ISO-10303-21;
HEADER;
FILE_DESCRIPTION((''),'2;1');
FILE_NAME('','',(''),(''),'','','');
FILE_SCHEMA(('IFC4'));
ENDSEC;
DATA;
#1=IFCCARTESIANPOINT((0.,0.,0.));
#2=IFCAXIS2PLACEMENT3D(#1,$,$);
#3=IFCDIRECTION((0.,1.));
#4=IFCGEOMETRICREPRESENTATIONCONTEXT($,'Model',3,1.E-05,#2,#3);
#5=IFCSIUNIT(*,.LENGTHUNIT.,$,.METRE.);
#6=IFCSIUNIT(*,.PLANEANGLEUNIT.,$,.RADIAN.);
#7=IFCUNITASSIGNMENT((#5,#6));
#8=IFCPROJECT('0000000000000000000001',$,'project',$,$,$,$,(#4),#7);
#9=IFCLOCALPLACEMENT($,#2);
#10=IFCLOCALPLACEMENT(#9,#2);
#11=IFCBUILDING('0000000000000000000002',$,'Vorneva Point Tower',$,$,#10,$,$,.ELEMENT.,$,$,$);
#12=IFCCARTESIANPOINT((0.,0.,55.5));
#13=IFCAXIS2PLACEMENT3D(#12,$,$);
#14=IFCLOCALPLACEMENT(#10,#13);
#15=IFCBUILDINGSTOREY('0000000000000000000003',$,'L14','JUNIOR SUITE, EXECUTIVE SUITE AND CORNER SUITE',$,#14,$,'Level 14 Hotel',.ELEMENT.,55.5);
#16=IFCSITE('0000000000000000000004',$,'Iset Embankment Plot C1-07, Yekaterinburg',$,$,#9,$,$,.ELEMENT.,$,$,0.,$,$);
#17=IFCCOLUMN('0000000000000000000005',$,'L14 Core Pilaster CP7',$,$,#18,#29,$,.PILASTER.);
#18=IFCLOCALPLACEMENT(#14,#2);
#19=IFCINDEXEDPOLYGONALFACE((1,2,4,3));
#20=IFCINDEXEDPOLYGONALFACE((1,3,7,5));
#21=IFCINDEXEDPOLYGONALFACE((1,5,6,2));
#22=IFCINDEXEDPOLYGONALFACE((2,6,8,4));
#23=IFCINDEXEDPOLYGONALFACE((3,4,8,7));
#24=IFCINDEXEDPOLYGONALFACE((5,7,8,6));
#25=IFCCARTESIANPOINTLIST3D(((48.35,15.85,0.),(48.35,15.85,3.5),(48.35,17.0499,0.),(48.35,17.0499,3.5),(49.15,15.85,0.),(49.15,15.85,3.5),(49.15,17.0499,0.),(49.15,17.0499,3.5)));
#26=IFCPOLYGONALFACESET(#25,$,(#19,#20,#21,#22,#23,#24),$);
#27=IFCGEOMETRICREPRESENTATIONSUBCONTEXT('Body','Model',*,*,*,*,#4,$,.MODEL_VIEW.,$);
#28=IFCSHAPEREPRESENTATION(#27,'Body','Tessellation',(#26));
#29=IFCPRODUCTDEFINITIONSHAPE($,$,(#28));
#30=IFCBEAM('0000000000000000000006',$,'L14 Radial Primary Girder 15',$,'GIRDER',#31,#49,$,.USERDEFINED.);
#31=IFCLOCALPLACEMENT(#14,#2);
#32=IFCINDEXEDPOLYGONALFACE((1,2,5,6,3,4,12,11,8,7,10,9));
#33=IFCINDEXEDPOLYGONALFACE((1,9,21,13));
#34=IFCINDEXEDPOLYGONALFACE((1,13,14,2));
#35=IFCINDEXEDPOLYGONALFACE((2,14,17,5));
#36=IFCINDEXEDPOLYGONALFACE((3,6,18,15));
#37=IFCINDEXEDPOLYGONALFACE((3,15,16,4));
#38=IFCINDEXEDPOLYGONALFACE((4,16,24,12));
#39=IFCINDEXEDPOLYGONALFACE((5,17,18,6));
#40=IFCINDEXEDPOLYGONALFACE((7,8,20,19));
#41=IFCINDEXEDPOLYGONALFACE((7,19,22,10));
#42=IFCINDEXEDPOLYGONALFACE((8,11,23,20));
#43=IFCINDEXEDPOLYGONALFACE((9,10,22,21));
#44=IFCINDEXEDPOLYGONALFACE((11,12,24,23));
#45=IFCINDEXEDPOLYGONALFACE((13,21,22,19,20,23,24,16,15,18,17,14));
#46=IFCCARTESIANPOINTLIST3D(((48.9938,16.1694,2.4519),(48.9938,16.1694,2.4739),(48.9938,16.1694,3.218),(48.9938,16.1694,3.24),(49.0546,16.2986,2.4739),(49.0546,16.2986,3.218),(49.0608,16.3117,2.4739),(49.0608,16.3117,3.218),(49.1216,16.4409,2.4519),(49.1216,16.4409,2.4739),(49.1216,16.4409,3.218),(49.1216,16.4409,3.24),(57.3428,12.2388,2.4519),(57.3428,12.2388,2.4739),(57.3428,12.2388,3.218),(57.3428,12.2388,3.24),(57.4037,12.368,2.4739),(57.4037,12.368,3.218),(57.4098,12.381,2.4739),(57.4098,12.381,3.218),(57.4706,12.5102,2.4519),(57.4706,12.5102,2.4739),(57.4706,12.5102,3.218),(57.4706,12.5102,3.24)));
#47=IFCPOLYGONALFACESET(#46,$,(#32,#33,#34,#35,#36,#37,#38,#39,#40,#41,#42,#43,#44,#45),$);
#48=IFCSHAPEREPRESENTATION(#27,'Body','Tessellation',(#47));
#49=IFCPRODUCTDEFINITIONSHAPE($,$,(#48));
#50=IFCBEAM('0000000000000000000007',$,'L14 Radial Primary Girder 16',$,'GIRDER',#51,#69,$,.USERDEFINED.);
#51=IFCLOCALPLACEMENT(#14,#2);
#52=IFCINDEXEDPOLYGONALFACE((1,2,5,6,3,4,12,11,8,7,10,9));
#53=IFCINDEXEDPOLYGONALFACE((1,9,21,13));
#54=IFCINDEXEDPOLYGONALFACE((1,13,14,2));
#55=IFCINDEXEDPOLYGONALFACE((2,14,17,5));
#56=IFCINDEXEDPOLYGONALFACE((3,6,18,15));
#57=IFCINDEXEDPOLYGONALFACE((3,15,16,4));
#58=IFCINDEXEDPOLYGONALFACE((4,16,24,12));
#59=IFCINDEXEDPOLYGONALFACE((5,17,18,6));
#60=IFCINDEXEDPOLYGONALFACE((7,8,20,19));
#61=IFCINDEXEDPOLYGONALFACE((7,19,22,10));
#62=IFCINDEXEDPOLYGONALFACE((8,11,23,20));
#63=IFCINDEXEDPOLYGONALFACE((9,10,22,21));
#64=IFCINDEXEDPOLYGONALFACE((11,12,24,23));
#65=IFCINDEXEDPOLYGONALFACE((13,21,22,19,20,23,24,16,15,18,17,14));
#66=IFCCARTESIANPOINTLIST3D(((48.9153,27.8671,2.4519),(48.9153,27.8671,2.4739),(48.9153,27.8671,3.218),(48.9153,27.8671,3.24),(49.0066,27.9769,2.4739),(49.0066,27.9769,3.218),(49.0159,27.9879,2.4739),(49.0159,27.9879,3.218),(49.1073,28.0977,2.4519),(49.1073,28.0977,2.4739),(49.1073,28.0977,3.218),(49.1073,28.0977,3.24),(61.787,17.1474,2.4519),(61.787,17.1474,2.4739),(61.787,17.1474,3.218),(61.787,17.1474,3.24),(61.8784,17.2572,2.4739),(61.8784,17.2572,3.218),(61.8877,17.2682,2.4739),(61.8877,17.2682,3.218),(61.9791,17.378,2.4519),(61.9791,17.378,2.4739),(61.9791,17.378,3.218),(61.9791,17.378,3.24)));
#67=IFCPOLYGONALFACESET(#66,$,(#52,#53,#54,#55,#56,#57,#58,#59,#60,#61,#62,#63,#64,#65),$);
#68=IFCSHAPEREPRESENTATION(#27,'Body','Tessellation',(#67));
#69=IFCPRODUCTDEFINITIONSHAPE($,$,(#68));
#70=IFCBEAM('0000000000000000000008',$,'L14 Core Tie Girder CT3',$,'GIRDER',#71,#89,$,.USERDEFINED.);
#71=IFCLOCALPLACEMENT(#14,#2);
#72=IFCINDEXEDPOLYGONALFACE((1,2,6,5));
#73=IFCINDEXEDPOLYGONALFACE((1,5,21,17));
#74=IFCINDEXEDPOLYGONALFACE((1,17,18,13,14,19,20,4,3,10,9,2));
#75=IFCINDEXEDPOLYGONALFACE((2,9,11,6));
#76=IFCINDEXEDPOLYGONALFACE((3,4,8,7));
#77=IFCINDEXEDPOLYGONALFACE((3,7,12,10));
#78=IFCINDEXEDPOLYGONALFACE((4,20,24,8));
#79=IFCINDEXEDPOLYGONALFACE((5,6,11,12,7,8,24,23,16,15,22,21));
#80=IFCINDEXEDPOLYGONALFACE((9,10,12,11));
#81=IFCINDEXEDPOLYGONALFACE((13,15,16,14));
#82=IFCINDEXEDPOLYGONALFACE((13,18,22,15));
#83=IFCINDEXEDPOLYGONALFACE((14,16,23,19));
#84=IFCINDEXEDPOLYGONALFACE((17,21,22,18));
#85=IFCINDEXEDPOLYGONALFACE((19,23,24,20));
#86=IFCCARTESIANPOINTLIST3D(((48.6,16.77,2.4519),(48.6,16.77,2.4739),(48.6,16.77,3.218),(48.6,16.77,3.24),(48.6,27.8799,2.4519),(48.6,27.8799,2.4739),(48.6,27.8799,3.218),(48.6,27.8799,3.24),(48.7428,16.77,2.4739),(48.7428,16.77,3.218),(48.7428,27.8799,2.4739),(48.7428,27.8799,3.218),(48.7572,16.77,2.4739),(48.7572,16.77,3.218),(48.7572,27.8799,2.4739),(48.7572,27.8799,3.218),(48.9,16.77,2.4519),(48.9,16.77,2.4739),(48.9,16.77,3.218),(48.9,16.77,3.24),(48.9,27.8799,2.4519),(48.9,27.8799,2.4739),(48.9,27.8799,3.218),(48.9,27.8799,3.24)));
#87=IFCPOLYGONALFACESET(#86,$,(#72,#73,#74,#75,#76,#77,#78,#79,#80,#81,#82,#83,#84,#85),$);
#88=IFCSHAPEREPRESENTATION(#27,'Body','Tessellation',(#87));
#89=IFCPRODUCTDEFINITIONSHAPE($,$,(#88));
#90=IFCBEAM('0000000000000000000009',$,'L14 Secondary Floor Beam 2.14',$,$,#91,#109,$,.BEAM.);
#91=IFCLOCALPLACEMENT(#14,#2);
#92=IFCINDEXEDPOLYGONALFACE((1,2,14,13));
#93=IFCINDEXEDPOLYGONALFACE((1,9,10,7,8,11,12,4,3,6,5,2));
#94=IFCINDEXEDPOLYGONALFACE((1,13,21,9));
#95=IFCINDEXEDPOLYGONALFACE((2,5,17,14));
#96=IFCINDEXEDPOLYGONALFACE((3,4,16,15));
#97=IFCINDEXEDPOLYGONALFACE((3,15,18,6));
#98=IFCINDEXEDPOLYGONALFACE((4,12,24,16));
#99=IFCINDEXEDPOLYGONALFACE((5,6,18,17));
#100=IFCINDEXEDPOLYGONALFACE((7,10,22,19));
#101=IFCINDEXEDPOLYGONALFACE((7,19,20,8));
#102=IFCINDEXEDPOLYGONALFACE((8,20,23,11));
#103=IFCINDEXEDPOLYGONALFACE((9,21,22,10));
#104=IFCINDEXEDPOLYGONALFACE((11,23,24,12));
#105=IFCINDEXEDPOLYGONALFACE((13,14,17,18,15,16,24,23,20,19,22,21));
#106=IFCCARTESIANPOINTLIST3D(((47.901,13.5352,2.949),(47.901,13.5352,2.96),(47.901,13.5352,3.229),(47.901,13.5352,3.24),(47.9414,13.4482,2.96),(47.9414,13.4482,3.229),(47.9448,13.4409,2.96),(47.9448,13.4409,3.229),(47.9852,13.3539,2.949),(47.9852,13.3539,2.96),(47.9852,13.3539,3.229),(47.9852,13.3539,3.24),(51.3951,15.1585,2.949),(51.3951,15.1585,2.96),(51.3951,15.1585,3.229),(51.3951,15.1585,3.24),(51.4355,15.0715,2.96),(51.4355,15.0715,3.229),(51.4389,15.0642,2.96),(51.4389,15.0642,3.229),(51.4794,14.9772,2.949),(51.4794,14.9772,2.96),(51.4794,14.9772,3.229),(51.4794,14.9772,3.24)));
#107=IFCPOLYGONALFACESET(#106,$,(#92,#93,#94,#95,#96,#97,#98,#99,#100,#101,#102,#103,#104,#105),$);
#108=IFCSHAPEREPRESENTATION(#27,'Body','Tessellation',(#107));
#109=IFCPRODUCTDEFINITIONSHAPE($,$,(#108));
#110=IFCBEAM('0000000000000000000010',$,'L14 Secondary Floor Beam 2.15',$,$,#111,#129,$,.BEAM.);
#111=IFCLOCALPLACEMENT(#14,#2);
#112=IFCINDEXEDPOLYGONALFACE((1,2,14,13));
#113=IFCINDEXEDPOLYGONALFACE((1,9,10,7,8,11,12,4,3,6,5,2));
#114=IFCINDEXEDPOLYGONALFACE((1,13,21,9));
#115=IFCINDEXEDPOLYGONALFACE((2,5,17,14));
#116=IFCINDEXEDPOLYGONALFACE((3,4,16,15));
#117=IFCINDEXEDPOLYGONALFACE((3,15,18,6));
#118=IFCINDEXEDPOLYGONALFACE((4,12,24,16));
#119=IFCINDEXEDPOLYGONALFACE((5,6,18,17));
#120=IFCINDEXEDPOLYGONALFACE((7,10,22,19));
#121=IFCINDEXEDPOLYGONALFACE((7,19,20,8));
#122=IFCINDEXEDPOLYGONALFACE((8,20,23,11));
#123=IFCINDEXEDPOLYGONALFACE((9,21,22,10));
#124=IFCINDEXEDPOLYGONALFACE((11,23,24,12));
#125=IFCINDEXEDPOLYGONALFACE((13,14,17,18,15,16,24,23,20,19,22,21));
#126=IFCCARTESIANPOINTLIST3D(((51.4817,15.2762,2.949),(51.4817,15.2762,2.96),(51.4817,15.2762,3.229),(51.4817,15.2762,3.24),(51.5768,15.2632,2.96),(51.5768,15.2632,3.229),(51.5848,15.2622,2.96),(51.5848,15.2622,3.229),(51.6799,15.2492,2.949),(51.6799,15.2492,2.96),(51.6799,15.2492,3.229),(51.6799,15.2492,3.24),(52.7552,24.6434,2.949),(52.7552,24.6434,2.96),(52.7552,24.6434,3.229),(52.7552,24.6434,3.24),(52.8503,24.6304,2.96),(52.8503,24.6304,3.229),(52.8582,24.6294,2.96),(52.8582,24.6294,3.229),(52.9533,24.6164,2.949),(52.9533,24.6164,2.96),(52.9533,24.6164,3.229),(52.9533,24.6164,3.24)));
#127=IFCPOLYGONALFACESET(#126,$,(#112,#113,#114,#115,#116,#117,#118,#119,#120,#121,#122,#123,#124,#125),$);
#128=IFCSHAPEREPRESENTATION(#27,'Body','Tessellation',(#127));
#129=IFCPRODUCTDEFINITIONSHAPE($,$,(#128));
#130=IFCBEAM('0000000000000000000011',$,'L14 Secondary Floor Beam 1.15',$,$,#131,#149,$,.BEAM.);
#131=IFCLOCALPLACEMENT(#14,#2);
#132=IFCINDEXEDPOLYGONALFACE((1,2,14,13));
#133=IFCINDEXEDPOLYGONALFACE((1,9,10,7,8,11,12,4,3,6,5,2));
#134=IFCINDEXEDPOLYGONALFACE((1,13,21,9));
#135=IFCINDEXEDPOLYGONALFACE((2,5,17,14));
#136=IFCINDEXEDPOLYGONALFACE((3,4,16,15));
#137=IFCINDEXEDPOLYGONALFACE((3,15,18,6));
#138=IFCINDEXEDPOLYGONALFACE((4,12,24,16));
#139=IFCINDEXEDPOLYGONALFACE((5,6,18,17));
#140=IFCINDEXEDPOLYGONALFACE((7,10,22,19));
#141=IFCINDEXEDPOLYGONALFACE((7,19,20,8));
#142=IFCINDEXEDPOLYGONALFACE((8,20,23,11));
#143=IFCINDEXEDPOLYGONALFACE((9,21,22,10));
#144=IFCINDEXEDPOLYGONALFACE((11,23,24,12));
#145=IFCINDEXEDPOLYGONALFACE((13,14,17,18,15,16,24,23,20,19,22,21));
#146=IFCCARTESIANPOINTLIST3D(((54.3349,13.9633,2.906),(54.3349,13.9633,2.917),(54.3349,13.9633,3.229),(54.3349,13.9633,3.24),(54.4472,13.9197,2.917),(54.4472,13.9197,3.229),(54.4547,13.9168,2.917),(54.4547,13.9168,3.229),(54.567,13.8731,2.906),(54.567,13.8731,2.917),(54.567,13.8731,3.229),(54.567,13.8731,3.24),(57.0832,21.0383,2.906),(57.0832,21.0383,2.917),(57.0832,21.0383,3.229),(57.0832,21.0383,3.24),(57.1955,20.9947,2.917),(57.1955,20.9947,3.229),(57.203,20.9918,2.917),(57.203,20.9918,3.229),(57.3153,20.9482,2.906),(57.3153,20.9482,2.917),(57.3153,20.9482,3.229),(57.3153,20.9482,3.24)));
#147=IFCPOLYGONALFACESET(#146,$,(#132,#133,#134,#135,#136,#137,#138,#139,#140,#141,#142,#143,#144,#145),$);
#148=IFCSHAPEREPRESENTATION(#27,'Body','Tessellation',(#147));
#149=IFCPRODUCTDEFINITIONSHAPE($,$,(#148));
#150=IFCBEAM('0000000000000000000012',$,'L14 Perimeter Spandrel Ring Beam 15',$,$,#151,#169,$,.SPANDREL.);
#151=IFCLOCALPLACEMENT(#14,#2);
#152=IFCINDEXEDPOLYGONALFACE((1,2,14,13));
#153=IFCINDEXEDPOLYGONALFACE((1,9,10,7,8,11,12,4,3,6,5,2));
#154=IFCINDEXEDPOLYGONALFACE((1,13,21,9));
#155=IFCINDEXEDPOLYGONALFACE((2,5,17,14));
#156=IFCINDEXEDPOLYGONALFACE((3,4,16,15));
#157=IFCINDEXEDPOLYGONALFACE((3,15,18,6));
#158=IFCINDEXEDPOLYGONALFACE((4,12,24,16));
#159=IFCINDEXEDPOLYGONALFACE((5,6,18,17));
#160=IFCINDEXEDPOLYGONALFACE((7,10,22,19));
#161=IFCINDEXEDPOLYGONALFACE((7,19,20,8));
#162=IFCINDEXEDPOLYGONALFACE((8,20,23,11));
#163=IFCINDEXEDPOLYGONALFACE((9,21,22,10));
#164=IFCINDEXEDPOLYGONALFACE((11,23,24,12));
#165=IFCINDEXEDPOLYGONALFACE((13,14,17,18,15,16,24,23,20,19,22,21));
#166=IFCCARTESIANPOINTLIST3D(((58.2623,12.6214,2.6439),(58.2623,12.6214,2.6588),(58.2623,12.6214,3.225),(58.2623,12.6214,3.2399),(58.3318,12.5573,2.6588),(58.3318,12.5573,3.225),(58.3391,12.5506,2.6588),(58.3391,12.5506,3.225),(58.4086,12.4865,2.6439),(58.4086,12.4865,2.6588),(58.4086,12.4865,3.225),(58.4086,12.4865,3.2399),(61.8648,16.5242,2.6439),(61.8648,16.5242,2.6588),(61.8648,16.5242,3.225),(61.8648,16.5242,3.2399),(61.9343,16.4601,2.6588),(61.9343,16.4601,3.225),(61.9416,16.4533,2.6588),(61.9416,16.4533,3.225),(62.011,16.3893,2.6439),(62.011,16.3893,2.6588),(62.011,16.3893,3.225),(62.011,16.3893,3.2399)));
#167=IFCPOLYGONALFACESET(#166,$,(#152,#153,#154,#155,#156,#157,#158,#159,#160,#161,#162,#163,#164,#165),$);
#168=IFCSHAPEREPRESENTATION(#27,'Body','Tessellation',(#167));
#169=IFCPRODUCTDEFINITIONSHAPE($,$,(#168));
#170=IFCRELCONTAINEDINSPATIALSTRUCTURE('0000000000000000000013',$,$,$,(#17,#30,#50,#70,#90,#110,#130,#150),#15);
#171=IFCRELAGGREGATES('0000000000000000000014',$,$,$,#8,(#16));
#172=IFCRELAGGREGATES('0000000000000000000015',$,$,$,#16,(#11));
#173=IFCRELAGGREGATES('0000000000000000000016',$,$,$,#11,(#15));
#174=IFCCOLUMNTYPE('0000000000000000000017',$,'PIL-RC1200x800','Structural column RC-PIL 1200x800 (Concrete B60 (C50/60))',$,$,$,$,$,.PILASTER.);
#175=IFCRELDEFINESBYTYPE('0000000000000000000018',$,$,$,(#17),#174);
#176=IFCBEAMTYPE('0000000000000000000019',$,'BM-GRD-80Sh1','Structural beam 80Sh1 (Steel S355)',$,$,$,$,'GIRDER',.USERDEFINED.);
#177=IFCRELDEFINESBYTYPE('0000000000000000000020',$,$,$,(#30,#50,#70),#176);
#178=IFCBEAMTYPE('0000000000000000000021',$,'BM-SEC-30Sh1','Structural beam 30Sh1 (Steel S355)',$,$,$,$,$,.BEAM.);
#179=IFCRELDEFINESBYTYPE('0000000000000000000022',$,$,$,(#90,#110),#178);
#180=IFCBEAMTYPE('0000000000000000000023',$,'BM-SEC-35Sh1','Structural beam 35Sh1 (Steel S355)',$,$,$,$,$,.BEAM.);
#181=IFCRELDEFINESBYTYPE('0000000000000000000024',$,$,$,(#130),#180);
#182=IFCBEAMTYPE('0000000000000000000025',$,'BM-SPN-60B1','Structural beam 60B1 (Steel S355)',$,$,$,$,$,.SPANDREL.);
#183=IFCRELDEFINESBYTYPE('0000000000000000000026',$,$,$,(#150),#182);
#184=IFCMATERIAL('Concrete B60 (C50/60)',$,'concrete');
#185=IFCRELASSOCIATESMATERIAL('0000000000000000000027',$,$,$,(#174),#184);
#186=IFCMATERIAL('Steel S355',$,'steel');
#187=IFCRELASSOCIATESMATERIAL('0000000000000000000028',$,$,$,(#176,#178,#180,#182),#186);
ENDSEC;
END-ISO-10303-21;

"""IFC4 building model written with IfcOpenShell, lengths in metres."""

from ifc_helpers import new_model, si_unit, direction, frame, origin, origin_2d, place, context, subcontext, project, spatial, rectangle, i_section, extrude, material, material_profile, profile_set, type_object, element, save


model = new_model("IFC4")

# Units and contexts
model_context = context("Model", 3, precision=1e-05, world=origin(), true_north=direction((0.0, 1.0)))
body_context = subcontext(model_context, "Body", "Model", "MODEL_VIEW")
ifc_project = project(units=[si_unit("LENGTHUNIT", "METRE"), si_unit("PLANEANGLEUNIT", "RADIAN")], contexts=[model_context])

# Site, building, storey
site_placement = place(None, origin())
site = spatial("IfcSite", under=ifc_project, at=site_placement, Name="Iset Embankment Plot C1-07, Yekaterinburg", CompositionType="ELEMENT", RefElevation=0.0)
building_placement = place(site_placement, origin())
building = spatial("IfcBuilding", under=site, at=building_placement, Name="Vorneva Point Tower", CompositionType="ELEMENT")
storey_placement = place(building_placement, frame((0.0, 0.0, 55.5)))
storey = spatial("IfcBuildingStorey", under=building, at=storey_placement, Name="L14", Description="JUNIOR SUITE, EXECUTIVE SUITE AND CORNER SUITE", LongName="Level 14 Hotel", CompositionType="ELEMENT", Elevation=55.5)

# Column
ifc_material_1 = material(Name="Concrete B60 (C50/60)", Category="concrete")
ifc_material_profile_1 = material_profile(ifc_material_1, rectangle(XDim=0.8, YDim=1.2, at=origin_2d()), Name="RC-PIL 1200x800")
ifc_profile_set_1 = profile_set([ifc_material_profile_1], Name="Concrete B60 (C50/60)")
column_type_1 = type_object("IfcColumnType", Name="PIL-RC1200x800", Description="Structural column RC-PIL 1200x800 (Concrete B60 (C50/60))", PredefinedType="PILASTER", material=ifc_profile_set_1)
column_placement = place(storey_placement, frame((48.75, 16.45, 0.0), z_axis=(0.0, 0.0, 1.0), x_axis=(1.0, 0.0, 0.0)))
element("IfcColumn", 1, at=column_placement, inside=storey, type_object=column_type_1, Name="L14 Core Pilaster CP7", PredefinedType="PILASTER", context=body_context, shape_type="SweptSolid", body=[
    extrude(rectangle(XDim=0.8, YDim=1.2, at=origin_2d()), origin(), (0.0, 0.0, 1.0), 3.5),
])

# Beams
ifc_material_2 = material(Name="Steel S355", Category="steel")
ifc_material_profile_2 = material_profile(ifc_material_2, i_section(OverallWidth=0.3, OverallDepth=0.7881, WebThickness=0.0144, FlangeThickness=0.022, at=origin_2d()), Name="80Sh1")
ifc_profile_set_2 = profile_set([ifc_material_profile_2], Name="Steel S355")
beam_type_1 = type_object("IfcBeamType", Name="BM-GRD-80Sh1", Description="Structural beam 80Sh1 (Steel S355)", ElementType="GIRDER", PredefinedType="USERDEFINED", material=ifc_profile_set_2)
beam_1_placement = place(storey_placement, frame((57.4067, 12.3745, 2.8459), z_axis=(-0.904749, 0.425945, 0.0), x_axis=(-0.425945, -0.904749, 0.0)))
element("IfcBeam", 2, at=beam_1_placement, inside=storey, type_object=beam_type_1, Name="L14 Radial Primary Girder 15", ObjectType="GIRDER", PredefinedType="USERDEFINED", context=body_context, shape_type="SweptSolid", body=[
    extrude(i_section(OverallWidth=0.3, OverallDepth=0.7881, WebThickness=0.0144, FlangeThickness=0.022, at=origin_2d()), origin(), (0.0, 0.0, 1.0), 9.228),
])
beam_2_placement = place(storey_placement, frame((61.8831, 17.2627, 2.8459), z_axis=(-0.768421, 0.639945, 0.0), x_axis=(-0.639945, -0.768421, 0.0)))
element("IfcBeam", 3, at=beam_2_placement, inside=storey, type_object=beam_type_1, Name="L14 Radial Primary Girder 16", ObjectType="GIRDER", PredefinedType="USERDEFINED", context=body_context, shape_type="SweptSolid", body=[
    extrude(i_section(OverallWidth=0.3, OverallDepth=0.7881, WebThickness=0.0144, FlangeThickness=0.022, at=origin_2d()), origin(), (0.0, 0.0, 1.0), 16.751),
])
beam_3_placement = place(storey_placement, frame((48.75, 16.77, 2.8459), z_axis=(0.0, 1.0, 0.0), x_axis=(-1.0, 0.0, 0.0)))
element("IfcBeam", 4, at=beam_3_placement, inside=storey, type_object=beam_type_1, Name="L14 Core Tie Girder CT3", ObjectType="GIRDER", PredefinedType="USERDEFINED", context=body_context, shape_type="SweptSolid", body=[
    extrude(i_section(OverallWidth=0.3, OverallDepth=0.7881, WebThickness=0.0144, FlangeThickness=0.022, at=origin_2d()), origin(), (0.0, 0.0, 1.0), 11.1099),
])
ifc_material_profile_3 = material_profile(ifc_material_2, i_section(OverallWidth=0.2, OverallDepth=0.291, WebThickness=0.0081, FlangeThickness=0.011, at=origin_2d()), Name="30Sh1")
ifc_profile_set_3 = profile_set([ifc_material_profile_3], Name="Steel S355")
beam_type_2 = type_object("IfcBeamType", Name="BM-SEC-30Sh1", Description="Structural beam 30Sh1 (Steel S355)", PredefinedType="BEAM", material=ifc_profile_set_3)
beam_4_placement = place(storey_placement, frame((47.9431, 13.4446, 3.0945), z_axis=(0.906909, 0.421327, 0.0), x_axis=(-0.421327, 0.906909, 0.0)))
element("IfcBeam", 5, at=beam_4_placement, inside=storey, type_object=beam_type_2, Name="L14 Secondary Floor Beam 2.14", PredefinedType="BEAM", context=body_context, shape_type="SweptSolid", body=[
    extrude(i_section(OverallWidth=0.2, OverallDepth=0.291, WebThickness=0.0081, FlangeThickness=0.011, at=origin_2d()), origin(), (0.0, 0.0, 1.0), 3.8528),
])
beam_5_placement = place(storey_placement, frame((51.5808, 15.2627, 3.0945), z_axis=(0.134708, 0.990885, 0.0), x_axis=(-0.990885, 0.134708, 0.0)))
element("IfcBeam", 6, at=beam_5_placement, inside=storey, type_object=beam_type_2, Name="L14 Secondary Floor Beam 2.15", PredefinedType="BEAM", context=body_context, shape_type="SweptSolid", body=[
    extrude(i_section(OverallWidth=0.2, OverallDepth=0.291, WebThickness=0.0081, FlangeThickness=0.011, at=origin_2d()), origin(), (0.0, 0.0, 1.0), 9.4534),
])
ifc_material_profile_4 = material_profile(ifc_material_2, i_section(OverallWidth=0.249, OverallDepth=0.334, WebThickness=0.0081, FlangeThickness=0.011, at=origin_2d()), Name="35Sh1")
ifc_profile_set_4 = profile_set([ifc_material_profile_4], Name="Steel S355")
beam_type_3 = type_object("IfcBeamType", Name="BM-SEC-35Sh1", Description="Structural beam 35Sh1 (Steel S355)", PredefinedType="BEAM", material=ifc_profile_set_4)
beam_6_placement = place(storey_placement, frame((54.4509, 13.9182, 3.073), z_axis=(0.362094, 0.932142, 0.0), x_axis=(-0.932142, 0.362094, 0.0)))
element("IfcBeam", 7, at=beam_6_placement, inside=storey, type_object=beam_type_3, Name="L14 Secondary Floor Beam 1.15", PredefinedType="BEAM", context=body_context, shape_type="SweptSolid", body=[
    extrude(i_section(OverallWidth=0.249, OverallDepth=0.334, WebThickness=0.0081, FlangeThickness=0.011, at=origin_2d()), origin(), (0.0, 0.0, 1.0), 7.5901),
])
ifc_material_profile_5 = material_profile(ifc_material_2, i_section(OverallWidth=0.199, OverallDepth=0.5959, WebThickness=0.01, FlangeThickness=0.0149, at=origin_2d()), Name="60B1")
ifc_profile_set_5 = profile_set([ifc_material_profile_5], Name="Steel S355")
beam_type_4 = type_object("IfcBeamType", Name="BM-SPN-60B1", Description="Structural beam 60B1 (Steel S355)", PredefinedType="SPANDREL", material=ifc_profile_set_5)
beam_7_placement = place(storey_placement, frame((58.3354, 12.554, 2.9419), z_axis=(0.678272, 0.73481, 0.0), x_axis=(-0.73481, 0.678272, 0.0)))
element("IfcBeam", 8, at=beam_7_placement, inside=storey, type_object=beam_type_4, Name="L14 Perimeter Spandrel Ring Beam 15", PredefinedType="SPANDREL", context=body_context, shape_type="SweptSolid", body=[
    extrude(i_section(OverallWidth=0.199, OverallDepth=0.5959, WebThickness=0.01, FlangeThickness=0.0149, at=origin_2d()), origin(), (0.0, 0.0, 1.0), 5.3113),
])

save(model, "model.ifc")
